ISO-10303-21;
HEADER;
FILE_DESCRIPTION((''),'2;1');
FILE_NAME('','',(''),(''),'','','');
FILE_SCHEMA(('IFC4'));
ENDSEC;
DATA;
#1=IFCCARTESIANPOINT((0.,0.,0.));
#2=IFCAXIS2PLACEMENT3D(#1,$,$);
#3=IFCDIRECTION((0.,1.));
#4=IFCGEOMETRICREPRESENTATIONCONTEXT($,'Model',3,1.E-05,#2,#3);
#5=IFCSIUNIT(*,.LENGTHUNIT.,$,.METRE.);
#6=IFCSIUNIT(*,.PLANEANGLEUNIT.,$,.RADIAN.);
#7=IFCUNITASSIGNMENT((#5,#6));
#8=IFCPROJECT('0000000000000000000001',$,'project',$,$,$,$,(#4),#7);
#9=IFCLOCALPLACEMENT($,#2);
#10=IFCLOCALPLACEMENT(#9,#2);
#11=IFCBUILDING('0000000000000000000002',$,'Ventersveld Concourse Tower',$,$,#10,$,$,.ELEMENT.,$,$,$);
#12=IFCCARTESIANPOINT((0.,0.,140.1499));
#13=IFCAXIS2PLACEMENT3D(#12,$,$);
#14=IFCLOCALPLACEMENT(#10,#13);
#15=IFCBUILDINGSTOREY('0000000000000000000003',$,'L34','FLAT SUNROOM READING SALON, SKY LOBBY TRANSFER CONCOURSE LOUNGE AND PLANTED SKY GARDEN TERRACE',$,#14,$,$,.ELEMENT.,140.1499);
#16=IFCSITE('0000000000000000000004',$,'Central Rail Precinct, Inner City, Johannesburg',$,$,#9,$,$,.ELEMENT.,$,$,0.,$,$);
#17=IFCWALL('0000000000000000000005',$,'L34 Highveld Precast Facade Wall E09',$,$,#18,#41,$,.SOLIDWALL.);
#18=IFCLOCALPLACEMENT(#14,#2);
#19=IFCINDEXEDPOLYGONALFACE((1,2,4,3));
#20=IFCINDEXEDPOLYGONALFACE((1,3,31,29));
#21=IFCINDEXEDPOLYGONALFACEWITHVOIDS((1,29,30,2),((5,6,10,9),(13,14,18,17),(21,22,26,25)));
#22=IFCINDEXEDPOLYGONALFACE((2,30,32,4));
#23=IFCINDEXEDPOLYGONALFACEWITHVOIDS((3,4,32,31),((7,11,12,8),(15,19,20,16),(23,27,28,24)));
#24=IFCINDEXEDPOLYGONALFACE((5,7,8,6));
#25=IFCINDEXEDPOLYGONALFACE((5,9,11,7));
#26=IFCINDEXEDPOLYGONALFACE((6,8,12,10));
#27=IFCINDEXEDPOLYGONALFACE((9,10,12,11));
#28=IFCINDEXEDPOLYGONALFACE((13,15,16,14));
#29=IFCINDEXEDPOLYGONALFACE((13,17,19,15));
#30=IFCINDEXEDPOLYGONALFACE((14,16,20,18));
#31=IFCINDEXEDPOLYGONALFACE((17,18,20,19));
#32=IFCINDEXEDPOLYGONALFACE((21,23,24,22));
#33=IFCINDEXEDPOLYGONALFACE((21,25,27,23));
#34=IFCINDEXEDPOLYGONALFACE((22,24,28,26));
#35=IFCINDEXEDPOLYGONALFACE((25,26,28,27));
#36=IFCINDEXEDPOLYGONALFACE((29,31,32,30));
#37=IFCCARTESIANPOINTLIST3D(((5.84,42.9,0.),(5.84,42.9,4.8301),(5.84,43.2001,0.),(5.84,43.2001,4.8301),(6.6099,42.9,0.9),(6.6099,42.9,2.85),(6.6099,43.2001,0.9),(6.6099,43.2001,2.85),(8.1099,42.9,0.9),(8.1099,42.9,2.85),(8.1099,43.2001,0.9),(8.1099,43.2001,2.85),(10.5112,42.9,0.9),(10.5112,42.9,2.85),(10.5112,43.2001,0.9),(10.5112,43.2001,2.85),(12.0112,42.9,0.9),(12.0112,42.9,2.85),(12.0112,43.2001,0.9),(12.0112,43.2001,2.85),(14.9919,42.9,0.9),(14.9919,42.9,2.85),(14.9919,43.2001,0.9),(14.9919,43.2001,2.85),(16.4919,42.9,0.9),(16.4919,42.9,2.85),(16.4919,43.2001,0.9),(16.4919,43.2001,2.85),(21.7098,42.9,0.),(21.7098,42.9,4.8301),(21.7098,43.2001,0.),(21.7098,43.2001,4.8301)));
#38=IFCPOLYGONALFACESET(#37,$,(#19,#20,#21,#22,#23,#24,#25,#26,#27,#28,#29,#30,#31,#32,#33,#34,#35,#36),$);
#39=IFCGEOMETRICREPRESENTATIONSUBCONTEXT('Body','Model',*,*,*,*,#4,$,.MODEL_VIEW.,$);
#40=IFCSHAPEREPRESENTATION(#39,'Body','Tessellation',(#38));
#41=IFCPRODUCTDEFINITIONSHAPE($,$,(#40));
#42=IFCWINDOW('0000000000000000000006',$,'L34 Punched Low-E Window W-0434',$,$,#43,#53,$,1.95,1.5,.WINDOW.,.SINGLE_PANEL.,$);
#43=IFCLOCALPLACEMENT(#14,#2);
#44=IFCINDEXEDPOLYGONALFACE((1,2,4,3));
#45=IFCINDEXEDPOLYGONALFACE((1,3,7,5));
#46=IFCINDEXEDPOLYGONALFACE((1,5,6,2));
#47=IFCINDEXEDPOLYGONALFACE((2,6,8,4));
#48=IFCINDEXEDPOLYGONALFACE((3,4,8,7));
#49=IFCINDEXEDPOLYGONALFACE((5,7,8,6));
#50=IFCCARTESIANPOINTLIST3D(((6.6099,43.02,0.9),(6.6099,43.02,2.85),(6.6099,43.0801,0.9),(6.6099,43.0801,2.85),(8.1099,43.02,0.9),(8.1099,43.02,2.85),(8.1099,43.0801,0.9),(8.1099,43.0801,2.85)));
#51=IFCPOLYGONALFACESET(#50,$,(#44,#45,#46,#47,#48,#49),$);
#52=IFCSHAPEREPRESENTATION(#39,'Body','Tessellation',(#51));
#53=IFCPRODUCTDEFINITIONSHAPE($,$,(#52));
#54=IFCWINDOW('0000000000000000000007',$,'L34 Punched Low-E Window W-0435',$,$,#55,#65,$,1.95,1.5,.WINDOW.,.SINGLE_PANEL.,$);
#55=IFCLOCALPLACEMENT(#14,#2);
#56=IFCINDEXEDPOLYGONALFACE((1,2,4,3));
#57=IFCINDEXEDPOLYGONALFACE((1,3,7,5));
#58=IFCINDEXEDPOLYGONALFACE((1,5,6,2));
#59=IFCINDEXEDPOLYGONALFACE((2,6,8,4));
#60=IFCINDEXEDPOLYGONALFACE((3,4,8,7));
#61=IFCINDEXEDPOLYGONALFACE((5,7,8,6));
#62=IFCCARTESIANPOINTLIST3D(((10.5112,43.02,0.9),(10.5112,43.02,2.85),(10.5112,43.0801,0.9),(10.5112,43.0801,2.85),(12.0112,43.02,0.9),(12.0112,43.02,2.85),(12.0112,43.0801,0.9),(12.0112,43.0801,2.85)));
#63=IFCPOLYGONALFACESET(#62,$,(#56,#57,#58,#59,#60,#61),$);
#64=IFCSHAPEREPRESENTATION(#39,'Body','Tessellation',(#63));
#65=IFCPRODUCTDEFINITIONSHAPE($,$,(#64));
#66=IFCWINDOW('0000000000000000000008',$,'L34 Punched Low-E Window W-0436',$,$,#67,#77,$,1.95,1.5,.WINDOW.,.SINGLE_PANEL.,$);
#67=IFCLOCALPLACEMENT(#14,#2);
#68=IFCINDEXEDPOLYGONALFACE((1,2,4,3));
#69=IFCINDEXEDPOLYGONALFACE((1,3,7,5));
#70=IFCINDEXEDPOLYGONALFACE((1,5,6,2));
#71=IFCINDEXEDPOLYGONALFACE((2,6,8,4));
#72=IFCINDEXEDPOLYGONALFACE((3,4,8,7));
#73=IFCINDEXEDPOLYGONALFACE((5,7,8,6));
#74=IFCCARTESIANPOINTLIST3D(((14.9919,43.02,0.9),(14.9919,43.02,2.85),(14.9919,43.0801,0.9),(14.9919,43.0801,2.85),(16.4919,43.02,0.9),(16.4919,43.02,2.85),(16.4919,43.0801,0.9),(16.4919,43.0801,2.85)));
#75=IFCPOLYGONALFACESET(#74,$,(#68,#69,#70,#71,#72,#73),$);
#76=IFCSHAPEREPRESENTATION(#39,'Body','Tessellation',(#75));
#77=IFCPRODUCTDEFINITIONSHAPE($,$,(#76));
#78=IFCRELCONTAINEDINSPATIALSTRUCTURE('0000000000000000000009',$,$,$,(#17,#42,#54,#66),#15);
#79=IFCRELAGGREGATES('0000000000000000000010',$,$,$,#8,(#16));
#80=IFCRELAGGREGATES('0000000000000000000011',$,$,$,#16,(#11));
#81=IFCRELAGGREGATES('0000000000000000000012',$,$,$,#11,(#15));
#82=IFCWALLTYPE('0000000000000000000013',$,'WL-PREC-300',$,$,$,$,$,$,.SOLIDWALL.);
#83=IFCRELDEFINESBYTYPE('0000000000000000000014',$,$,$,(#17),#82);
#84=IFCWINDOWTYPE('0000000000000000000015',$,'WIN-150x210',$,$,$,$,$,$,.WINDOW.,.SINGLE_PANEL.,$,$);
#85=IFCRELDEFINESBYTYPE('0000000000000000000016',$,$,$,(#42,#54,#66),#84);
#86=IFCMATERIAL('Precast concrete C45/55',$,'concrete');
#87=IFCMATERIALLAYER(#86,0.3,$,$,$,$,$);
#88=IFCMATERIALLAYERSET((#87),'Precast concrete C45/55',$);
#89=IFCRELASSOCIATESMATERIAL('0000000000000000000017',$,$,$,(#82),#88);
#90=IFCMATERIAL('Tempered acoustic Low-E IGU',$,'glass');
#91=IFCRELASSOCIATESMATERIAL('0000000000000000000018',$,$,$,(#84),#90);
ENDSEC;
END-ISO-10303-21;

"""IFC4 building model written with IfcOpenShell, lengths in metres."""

from ifc_helpers import new_model, si_unit, direction, frame, frame_2d, origin, place, context, subcontext, project, spatial, rectangle, extrude, material, layer, layer_set, type_object, element, fill, save


model = new_model("IFC4")

# Units and contexts
model_context = context("Model", 3, precision=1e-05, world=origin(), true_north=direction((0.0, 1.0)))
body_context = subcontext(model_context, "Body", "Model", "MODEL_VIEW")
ifc_project = project(units=[si_unit("LENGTHUNIT", "METRE"), si_unit("PLANEANGLEUNIT", "RADIAN")], contexts=[model_context])

# Site, building, storey
site_placement = place(None, origin())
site = spatial("IfcSite", under=ifc_project, at=site_placement, Name="Central Rail Precinct, Inner City, Johannesburg", CompositionType="ELEMENT", RefElevation=0.0)
building_placement = place(site_placement, origin())
building = spatial("IfcBuilding", under=site, at=building_placement, Name="Ventersveld Concourse Tower", CompositionType="ELEMENT")
storey_placement = place(building_placement, frame((0.0, 0.0, 140.1499)))
storey = spatial("IfcBuildingStorey", under=building, at=storey_placement, Name="L34", Description="FLAT SUNROOM READING SALON, SKY LOBBY TRANSFER CONCOURSE LOUNGE AND PLANTED SKY GARDEN TERRACE", CompositionType="ELEMENT", Elevation=140.1499)

# Shared definitions
ifc_material_1 = material(Name="Precast concrete C45/55", Category="concrete")

# Shared definitions
ifc_layer_1 = layer(ifc_material_1, 0.3)
ifc_layer_set_1 = layer_set([ifc_layer_1], Name="Precast concrete C45/55")
wall_type_1 = type_object("IfcWallType", Name="WL-PREC-300", PredefinedType="SOLIDWALL", material=ifc_layer_set_1)

# Shared definitions
ifc_material_2 = material(Name="Tempered acoustic Low-E IGU", Category="glass")
window_type = type_object("IfcWindowType", Name="WIN-150x210", PartitioningType="SINGLE_PANEL", PredefinedType="WINDOW", material=ifc_material_2)

# Wall, openings, windows
wall_1_placement = place(storey_placement, frame((21.71, 43.05, 0.0), z_axis=(0.0, 0.0, 1.0), x_axis=(-1.0, 0.0, 0.0)))
wall_1 = element("IfcWall", 1, at=wall_1_placement, inside=storey, type_object=wall_type_1, Name="L34 Highveld Precast Facade Wall E09", PredefinedType="SOLIDWALL", context=body_context, shape_type="SweptSolid", body=[
    extrude(rectangle(XDim=15.8699, YDim=0.3, at=frame_2d((7.9351, 0.0))), origin(), (0.0, 0.0, 1.0), 4.8301),
])
opening_1_placement = place(wall_1_placement, frame((13.6001, 0.0, 0.8999)))
opening_1 = element("IfcOpeningElement", 2, at=opening_1_placement, cuts=wall_1, PredefinedType="OPENING", context=body_context, shape_type="SweptSolid", body=[
    extrude(rectangle(XDim=1.5, YDim=1.95, at=frame_2d((0.75, 0.9751))), frame((0.0, 0.1602, 0.0), z_axis=(0.0, -1.0, 0.0), x_axis=(1.0, 0.0, 0.0)), (0.0, 0.0, 1.0), 0.3201),
])
opening_2_placement = place(wall_1_placement, frame((9.6987, 0.0, 0.8999)))
opening_2 = element("IfcOpeningElement", 3, at=opening_2_placement, cuts=wall_1, PredefinedType="OPENING", context=body_context, shape_type="SweptSolid", body=[
    extrude(rectangle(XDim=1.5, YDim=1.95, at=frame_2d((0.75, 0.9751))), frame((0.0, 0.1602, 0.0), z_axis=(0.0, -1.0, 0.0), x_axis=(1.0, 0.0, 0.0)), (0.0, 0.0, 1.0), 0.3201),
])
opening_3_placement = place(wall_1_placement, frame((5.218, 0.0, 0.8999)))
opening_3 = element("IfcOpeningElement", 4, at=opening_3_placement, cuts=wall_1, PredefinedType="OPENING", context=body_context, shape_type="SweptSolid", body=[
    extrude(rectangle(XDim=1.5, YDim=1.95, at=frame_2d((0.75, 0.9751))), frame((0.0, 0.1602, 0.0), z_axis=(0.0, -1.0, 0.0), x_axis=(1.0, 0.0, 0.0)), (0.0, 0.0, 1.0), 0.3201),
])
window_1_placement = place(opening_1_placement, origin())
window_1 = element("IfcWindow", 5, at=window_1_placement, inside=storey, type_object=window_type, Name="L34 Punched Low-E Window W-0434", OverallHeight=1.95, OverallWidth=1.5, PartitioningType="SINGLE_PANEL", PredefinedType="WINDOW", context=body_context, shape_type="SweptSolid", body=[
    extrude(rectangle(XDim=1.5, YDim=1.95, at=frame_2d((0.75, 0.9751))), frame((0.0, 0.03, 0.0), z_axis=(0.0, -1.0, 0.0), x_axis=(1.0, 0.0, 0.0)), (0.0, 0.0, 1.0), 0.0601),
])
fill(opening_1, window_1)
window_2_placement = place(opening_2_placement, origin())
window_2 = element("IfcWindow", 6, at=window_2_placement, inside=storey, type_object=window_type, Name="L34 Punched Low-E Window W-0435", OverallHeight=1.95, OverallWidth=1.5, PartitioningType="SINGLE_PANEL", PredefinedType="WINDOW", context=body_context, shape_type="SweptSolid", body=[
    extrude(rectangle(XDim=1.5, YDim=1.95, at=frame_2d((0.75, 0.9751))), frame((0.0, 0.03, 0.0), z_axis=(0.0, -1.0, 0.0), x_axis=(1.0, 0.0, 0.0)), (0.0, 0.0, 1.0), 0.0601),
])
fill(opening_2, window_2)
window_3_placement = place(opening_3_placement, origin())
window_3 = element("IfcWindow", 7, at=window_3_placement, inside=storey, type_object=window_type, Name="L34 Punched Low-E Window W-0436", OverallHeight=1.95, OverallWidth=1.5, PartitioningType="SINGLE_PANEL", PredefinedType="WINDOW", context=body_context, shape_type="SweptSolid", body=[
    extrude(rectangle(XDim=1.5, YDim=1.95, at=frame_2d((0.75, 0.9751))), frame((0.0, 0.03, 0.0), z_axis=(0.0, -1.0, 0.0), x_axis=(1.0, 0.0, 0.0)), (0.0, 0.0, 1.0), 0.0601),
])
fill(opening_3, window_3)

save(model, "model.ifc")
